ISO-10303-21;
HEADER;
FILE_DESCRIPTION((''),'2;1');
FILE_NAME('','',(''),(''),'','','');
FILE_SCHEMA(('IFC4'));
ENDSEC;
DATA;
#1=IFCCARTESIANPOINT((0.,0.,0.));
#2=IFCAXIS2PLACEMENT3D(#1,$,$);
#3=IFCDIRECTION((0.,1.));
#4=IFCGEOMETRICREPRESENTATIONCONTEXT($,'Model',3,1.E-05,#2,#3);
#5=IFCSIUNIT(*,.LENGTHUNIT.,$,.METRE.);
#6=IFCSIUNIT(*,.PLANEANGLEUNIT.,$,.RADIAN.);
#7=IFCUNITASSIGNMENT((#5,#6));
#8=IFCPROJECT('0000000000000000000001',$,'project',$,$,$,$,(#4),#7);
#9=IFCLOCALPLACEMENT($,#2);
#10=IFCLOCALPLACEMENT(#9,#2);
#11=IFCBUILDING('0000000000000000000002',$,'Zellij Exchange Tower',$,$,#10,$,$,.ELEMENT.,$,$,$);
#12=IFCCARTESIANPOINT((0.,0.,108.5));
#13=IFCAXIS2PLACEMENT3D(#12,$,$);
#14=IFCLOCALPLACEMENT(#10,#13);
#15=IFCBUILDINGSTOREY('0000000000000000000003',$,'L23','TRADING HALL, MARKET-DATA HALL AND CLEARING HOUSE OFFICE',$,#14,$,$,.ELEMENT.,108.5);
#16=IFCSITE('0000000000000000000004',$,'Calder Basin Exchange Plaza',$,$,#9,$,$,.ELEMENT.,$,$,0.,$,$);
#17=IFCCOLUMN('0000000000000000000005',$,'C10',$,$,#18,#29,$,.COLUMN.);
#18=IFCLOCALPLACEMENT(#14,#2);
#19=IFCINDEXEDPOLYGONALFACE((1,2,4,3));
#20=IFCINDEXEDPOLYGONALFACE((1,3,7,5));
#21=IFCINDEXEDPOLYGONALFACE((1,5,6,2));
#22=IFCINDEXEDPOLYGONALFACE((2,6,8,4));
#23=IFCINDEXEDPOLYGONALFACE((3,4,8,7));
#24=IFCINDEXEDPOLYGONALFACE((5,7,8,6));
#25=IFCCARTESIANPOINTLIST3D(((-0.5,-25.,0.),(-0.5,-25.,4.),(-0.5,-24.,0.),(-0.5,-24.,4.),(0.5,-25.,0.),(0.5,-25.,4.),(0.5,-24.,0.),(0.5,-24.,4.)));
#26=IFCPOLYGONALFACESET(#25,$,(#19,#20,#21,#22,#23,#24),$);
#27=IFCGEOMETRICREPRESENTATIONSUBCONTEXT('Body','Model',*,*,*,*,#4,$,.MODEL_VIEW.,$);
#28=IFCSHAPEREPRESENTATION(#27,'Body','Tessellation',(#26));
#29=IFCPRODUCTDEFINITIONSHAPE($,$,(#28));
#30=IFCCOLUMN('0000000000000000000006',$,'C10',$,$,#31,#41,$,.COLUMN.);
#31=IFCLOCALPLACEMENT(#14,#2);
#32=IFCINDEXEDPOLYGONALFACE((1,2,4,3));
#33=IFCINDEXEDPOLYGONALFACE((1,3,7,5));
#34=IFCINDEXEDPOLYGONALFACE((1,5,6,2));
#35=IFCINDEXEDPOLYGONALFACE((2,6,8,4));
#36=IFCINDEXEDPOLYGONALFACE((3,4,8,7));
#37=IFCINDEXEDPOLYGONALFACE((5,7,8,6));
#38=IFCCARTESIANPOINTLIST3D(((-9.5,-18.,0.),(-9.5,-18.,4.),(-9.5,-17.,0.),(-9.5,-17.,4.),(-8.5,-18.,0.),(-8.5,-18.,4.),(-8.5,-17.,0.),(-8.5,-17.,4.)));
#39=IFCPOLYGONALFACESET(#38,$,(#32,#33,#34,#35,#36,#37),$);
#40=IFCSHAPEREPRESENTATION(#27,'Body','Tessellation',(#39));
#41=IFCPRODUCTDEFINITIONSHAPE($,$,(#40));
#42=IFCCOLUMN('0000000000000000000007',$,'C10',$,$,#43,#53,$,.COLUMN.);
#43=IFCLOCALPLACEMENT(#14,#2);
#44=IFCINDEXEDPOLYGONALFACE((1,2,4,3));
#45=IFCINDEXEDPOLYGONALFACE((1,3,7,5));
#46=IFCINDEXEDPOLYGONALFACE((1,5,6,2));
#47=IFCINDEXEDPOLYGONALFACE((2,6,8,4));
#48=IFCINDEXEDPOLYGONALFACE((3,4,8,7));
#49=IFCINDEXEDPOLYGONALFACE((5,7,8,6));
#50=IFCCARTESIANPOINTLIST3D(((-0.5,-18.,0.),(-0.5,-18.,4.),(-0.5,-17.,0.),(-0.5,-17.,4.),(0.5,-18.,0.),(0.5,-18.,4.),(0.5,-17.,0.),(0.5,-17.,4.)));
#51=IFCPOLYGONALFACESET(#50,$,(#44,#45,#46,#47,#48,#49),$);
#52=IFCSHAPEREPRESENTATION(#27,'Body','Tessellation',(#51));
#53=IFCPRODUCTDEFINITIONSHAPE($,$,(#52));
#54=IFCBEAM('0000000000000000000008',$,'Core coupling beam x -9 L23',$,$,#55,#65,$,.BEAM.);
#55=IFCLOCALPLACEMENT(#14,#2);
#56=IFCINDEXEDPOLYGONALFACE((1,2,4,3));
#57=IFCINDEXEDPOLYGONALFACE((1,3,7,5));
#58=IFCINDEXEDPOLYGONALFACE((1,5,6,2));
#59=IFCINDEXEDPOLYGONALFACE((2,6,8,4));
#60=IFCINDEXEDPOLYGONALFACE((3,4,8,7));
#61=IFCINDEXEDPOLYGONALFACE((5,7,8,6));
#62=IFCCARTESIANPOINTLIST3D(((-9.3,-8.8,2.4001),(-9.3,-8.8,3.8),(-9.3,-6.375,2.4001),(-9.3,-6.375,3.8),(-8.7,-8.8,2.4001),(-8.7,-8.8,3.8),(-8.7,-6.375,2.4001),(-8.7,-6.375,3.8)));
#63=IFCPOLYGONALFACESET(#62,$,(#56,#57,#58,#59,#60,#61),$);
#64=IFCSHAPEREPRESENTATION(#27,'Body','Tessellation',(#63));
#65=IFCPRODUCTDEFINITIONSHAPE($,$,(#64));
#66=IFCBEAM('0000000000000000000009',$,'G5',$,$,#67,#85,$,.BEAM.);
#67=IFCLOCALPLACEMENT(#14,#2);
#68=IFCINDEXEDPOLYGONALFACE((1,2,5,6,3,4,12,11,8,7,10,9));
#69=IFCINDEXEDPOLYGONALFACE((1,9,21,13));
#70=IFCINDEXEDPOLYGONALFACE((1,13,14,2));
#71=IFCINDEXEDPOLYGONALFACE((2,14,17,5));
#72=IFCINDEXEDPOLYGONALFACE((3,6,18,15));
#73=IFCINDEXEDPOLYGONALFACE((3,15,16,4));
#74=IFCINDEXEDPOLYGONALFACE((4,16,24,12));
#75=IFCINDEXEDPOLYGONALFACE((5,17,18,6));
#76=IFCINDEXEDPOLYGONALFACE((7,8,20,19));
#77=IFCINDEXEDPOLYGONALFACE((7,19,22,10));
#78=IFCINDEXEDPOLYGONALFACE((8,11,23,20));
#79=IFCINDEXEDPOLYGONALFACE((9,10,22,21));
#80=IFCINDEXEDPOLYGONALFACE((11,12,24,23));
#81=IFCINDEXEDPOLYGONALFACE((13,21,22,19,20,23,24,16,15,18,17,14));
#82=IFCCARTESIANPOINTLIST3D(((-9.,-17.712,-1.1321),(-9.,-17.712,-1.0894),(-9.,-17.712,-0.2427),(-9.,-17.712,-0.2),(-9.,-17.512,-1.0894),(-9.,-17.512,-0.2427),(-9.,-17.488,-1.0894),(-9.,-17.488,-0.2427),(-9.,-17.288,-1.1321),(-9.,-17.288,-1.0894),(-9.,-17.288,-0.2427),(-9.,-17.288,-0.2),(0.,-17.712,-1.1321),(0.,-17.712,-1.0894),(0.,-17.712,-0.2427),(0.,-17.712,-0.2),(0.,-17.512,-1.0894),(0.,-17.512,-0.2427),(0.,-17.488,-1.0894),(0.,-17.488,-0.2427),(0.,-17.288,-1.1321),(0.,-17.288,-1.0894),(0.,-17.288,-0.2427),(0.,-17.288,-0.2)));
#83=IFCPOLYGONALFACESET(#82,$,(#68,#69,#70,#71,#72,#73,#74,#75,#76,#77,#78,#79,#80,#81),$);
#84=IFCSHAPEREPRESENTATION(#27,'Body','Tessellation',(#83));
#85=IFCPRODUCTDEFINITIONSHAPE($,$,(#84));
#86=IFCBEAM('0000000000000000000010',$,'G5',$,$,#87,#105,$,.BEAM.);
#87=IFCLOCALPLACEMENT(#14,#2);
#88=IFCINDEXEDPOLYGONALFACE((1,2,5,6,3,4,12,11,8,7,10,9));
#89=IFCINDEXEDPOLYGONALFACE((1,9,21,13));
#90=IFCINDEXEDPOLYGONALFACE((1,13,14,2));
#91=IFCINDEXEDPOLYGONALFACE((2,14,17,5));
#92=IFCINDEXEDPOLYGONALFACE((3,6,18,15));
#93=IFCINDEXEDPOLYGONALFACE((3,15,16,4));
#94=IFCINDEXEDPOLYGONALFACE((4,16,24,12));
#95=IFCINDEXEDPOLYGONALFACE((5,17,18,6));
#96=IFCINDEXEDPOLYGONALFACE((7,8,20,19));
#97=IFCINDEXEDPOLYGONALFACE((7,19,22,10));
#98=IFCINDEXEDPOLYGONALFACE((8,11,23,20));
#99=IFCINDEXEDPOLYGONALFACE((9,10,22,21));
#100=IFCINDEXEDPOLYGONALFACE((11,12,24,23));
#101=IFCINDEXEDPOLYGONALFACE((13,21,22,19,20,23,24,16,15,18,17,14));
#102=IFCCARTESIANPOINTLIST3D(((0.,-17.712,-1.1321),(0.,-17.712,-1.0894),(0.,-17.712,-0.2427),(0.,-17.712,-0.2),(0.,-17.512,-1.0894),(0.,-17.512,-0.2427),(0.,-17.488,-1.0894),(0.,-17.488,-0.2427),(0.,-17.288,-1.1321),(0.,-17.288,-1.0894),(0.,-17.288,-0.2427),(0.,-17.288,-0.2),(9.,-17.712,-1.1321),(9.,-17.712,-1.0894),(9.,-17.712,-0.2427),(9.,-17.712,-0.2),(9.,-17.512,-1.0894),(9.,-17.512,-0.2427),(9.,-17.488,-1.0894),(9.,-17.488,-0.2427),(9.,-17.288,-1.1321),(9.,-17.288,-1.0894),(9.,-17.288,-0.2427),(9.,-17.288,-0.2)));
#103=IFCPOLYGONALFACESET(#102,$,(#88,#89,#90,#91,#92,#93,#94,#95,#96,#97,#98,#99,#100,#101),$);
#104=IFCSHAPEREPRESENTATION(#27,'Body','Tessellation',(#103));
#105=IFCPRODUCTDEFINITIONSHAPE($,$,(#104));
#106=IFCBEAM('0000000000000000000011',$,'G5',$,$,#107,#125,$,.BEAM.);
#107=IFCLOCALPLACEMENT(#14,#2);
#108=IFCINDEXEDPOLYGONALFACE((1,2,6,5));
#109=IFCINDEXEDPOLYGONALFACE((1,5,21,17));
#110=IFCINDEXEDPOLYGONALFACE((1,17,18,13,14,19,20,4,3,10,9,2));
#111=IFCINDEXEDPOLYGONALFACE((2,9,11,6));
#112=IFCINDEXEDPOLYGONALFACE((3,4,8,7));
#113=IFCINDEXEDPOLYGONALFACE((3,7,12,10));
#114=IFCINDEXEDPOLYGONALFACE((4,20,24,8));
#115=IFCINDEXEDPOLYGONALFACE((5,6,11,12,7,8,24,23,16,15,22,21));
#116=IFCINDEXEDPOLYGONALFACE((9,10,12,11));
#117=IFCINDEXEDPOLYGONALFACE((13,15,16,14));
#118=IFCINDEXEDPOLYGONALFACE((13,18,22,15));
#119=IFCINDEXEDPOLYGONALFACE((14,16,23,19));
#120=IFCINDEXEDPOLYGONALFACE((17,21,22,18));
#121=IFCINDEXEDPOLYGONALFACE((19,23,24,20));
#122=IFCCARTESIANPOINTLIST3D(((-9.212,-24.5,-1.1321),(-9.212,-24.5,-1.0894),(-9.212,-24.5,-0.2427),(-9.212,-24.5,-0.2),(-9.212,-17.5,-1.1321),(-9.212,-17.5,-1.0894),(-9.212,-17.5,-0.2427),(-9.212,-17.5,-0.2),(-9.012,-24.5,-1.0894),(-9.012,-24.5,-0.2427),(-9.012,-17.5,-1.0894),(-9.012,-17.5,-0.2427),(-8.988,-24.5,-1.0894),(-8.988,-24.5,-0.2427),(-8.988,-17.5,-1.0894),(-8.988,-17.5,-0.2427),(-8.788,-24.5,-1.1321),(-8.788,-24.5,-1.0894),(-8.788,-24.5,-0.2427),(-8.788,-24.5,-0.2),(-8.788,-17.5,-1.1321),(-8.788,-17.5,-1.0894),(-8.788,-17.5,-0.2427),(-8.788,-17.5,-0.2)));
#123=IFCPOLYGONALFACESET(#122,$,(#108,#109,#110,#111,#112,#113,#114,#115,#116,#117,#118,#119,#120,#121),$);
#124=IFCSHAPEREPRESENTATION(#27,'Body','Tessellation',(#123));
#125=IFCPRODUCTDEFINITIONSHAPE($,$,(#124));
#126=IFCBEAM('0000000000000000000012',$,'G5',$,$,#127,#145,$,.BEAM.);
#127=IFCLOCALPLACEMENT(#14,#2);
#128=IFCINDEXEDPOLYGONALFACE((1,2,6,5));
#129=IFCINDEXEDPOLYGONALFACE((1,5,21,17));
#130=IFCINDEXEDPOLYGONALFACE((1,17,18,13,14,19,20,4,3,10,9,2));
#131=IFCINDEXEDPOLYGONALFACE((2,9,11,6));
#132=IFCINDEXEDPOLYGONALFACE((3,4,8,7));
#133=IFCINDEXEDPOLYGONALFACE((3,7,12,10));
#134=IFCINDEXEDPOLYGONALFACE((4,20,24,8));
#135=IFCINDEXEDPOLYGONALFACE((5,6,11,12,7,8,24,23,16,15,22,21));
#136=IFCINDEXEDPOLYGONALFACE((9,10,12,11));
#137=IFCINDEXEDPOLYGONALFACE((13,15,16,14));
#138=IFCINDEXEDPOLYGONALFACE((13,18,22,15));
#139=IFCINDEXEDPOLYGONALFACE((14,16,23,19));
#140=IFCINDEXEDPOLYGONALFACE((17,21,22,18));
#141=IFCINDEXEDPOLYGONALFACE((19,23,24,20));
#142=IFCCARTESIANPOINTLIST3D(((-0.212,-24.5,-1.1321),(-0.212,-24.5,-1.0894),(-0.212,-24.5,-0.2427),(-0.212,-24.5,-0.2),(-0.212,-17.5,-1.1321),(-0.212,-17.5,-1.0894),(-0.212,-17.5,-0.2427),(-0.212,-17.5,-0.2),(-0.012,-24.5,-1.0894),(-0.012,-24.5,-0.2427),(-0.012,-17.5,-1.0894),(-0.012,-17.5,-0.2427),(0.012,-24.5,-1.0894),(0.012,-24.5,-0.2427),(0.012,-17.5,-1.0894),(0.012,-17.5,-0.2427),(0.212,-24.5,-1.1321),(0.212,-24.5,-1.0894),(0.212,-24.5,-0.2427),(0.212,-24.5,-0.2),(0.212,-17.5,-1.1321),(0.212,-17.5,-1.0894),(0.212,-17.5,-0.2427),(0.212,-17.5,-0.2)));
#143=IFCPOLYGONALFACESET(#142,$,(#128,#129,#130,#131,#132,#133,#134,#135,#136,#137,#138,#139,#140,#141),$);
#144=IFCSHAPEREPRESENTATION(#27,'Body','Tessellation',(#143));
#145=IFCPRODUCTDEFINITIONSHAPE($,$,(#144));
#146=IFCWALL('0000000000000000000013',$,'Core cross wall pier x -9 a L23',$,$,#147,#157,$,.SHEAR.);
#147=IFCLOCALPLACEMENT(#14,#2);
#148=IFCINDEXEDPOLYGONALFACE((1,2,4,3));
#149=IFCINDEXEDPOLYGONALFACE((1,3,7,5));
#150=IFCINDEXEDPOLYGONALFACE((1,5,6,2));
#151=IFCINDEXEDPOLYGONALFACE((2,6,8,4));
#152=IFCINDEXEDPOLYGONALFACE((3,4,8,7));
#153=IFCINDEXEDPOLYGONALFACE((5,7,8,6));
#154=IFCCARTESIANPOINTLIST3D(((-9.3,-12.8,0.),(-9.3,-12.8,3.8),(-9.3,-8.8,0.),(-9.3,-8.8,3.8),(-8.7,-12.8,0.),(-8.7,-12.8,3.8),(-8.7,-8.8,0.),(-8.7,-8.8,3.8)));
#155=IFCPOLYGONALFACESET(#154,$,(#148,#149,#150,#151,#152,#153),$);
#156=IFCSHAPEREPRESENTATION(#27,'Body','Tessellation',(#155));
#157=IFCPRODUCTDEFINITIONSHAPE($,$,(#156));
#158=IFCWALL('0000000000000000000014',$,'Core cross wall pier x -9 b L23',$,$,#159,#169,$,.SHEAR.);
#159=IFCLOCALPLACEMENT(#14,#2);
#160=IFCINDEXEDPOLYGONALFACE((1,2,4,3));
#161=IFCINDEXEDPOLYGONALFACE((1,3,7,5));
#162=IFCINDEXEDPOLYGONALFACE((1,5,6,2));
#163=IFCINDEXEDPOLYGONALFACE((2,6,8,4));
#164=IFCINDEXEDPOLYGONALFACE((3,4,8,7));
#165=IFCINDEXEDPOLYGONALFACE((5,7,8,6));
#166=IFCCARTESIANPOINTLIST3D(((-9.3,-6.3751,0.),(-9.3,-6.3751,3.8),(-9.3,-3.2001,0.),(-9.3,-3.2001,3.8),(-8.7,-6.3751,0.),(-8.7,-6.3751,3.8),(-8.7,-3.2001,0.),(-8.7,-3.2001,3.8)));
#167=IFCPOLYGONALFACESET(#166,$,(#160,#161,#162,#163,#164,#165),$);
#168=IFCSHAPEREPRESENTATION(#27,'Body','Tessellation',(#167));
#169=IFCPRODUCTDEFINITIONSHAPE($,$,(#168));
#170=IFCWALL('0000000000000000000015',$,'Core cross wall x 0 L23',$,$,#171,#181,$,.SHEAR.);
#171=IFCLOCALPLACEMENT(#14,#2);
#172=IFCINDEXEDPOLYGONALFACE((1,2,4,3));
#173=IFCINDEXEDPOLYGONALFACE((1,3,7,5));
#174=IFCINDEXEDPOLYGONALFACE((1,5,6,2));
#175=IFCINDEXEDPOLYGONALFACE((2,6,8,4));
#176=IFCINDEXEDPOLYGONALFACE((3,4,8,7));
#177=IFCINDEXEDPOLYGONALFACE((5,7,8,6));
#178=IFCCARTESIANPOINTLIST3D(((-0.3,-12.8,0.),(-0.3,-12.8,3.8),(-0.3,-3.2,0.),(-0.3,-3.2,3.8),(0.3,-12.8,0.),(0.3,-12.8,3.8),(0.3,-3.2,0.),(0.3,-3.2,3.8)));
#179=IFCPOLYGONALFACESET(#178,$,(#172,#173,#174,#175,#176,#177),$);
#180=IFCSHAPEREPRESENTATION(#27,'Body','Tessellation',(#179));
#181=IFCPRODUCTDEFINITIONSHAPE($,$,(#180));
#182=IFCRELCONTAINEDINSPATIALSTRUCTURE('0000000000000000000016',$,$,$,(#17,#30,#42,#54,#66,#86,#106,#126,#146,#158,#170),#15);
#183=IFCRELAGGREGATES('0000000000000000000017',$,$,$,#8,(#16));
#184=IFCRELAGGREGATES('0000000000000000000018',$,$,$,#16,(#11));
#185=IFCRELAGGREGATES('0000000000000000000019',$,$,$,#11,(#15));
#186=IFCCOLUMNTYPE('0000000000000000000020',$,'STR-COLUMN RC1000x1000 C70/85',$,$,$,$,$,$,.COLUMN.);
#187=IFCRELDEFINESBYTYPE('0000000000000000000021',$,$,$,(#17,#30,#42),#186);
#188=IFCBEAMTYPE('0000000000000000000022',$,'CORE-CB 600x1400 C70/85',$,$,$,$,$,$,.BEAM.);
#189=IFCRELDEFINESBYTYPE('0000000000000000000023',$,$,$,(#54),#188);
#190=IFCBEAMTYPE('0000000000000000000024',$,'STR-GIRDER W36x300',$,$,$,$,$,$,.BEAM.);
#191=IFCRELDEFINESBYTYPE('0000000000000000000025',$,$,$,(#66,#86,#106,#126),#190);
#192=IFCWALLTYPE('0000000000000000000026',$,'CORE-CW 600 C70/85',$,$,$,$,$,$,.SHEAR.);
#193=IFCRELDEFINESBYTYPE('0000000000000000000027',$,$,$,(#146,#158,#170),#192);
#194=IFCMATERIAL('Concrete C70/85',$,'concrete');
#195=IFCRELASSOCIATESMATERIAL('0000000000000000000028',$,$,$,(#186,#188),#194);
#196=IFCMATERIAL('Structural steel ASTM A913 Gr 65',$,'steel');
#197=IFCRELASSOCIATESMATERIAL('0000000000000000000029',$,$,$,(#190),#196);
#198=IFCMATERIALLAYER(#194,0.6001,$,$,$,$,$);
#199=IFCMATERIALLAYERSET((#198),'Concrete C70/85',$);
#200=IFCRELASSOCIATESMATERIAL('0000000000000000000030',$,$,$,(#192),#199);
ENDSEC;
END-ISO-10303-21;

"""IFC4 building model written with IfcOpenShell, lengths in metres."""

from ifc_helpers import new_model, si_unit, direction, frame, frame_2d, origin, origin_2d, place, context, subcontext, project, spatial, rectangle, i_section, extrude, material, layer, layer_set, material_profile, profile_set, type_object, element, save


model = new_model("IFC4")

# Units and contexts
model_context = context("Model", 3, precision=1e-05, world=origin(), true_north=direction((0.0, 1.0)))
body_context = subcontext(model_context, "Body", "Model", "MODEL_VIEW")
ifc_project = project(units=[si_unit("LENGTHUNIT", "METRE"), si_unit("PLANEANGLEUNIT", "RADIAN")], contexts=[model_context])

# Site, building, storey
site_placement = place(None, origin())
site = spatial("IfcSite", under=ifc_project, at=site_placement, Name="Calder Basin Exchange Plaza", CompositionType="ELEMENT", RefElevation=0.0)
building_placement = place(site_placement, origin())
building = spatial("IfcBuilding", under=site, at=building_placement, Name="Zellij Exchange Tower", CompositionType="ELEMENT")
storey_placement = place(building_placement, frame((0.0, 0.0, 108.5)))
storey = spatial("IfcBuildingStorey", under=building, at=storey_placement, Name="L23", Description="TRADING HALL, MARKET-DATA HALL AND CLEARING HOUSE OFFICE", CompositionType="ELEMENT", Elevation=108.5)

# Columns
ifc_material_1 = material(Name="Concrete C70/85", Category="concrete")
ifc_material_profile_1 = material_profile(ifc_material_1, rectangle(XDim=1.0, YDim=1.0, at=origin_2d()), Name="STR-COLUMN RC1000x1000 C70/85")
ifc_profile_set_1 = profile_set([ifc_material_profile_1], Name="Concrete C70/85")
column_type = type_object("IfcColumnType", Name="STR-COLUMN RC1000x1000 C70/85", PredefinedType="COLUMN", material=ifc_profile_set_1)
for number, where, z_axis, x_axis, name in (
    (1, (0.0, -24.5, 0.0), (0.0, 0.0, 1.0), (1.0, 0.0, 0.0), "C10"),
    (2, (-9.0, -17.5, 0.0), (0.0, 0.0, 1.0), (1.0, 0.0, 0.0), "C10"),
    (3, (0.0, -17.5, 0.0), (0.0, 0.0, 1.0), (1.0, 0.0, 0.0), "C10"),
):
    element("IfcColumn", number, at=place(storey_placement, frame(where, z_axis=z_axis, x_axis=x_axis)), inside=storey, type_object=column_type, Name=name, PredefinedType="COLUMN", context=body_context, shape_type="SweptSolid", body=[
        extrude(rectangle(XDim=1.0, YDim=1.0, at=origin_2d()), origin(), (0.0, 0.0, 1.0), 4.0),
    ])

# Beams
ifc_material_profile_2 = material_profile(ifc_material_1, rectangle(XDim=0.6001, YDim=1.3999, at=origin_2d()), Name="CORE-CB 600x1400 C70/85")
ifc_profile_set_2 = profile_set([ifc_material_profile_2], Name="Concrete C70/85")
beam_type_1 = type_object("IfcBeamType", Name="CORE-CB 600x1400 C70/85", PredefinedType="BEAM", material=ifc_profile_set_2)
beam_placement = place(storey_placement, frame((-9.0, -8.8, 3.1001), z_axis=(0.0, 1.0, 0.0), x_axis=(-1.0, 0.0, 0.0)))
element("IfcBeam", 4, at=beam_placement, inside=storey, type_object=beam_type_1, Name="Core coupling beam x -9 L23", PredefinedType="BEAM", context=body_context, shape_type="SweptSolid", body=[
    extrude(rectangle(XDim=0.6001, YDim=1.3999, at=origin_2d()), origin(), (0.0, 0.0, 1.0), 2.425),
])
ifc_material_2 = material(Name="Structural steel ASTM A913 Gr 65", Category="steel")
ifc_material_profile_3 = material_profile(ifc_material_2, i_section(OverallWidth=0.4241, OverallDepth=0.9321, WebThickness=0.0239, FlangeThickness=0.0427, at=origin_2d()), Name="W36x300")
ifc_profile_set_3 = profile_set([ifc_material_profile_3], Name="Structural steel ASTM A913 Gr 65")
beam_type_2 = type_object("IfcBeamType", Name="STR-GIRDER W36x300", PredefinedType="BEAM", material=ifc_profile_set_3)
for number, where, z_axis, x_axis, name in (
    (5, (-9.0, -17.5, -0.666), (1.0, 0.0, 0.0), (0.0, 1.0, 0.0), "G5"),
    (6, (0.0, -17.5, -0.666), (1.0, 0.0, 0.0), (0.0, 1.0, 0.0), "G5"),
):
    element("IfcBeam", number, at=place(storey_placement, frame(where, z_axis=z_axis, x_axis=x_axis)), inside=storey, type_object=beam_type_2, Name=name, PredefinedType="BEAM", context=body_context, shape_type="SweptSolid", body=[
        extrude(i_section(OverallWidth=0.4241, OverallDepth=0.9321, WebThickness=0.0239, FlangeThickness=0.0427, at=origin_2d()), origin(), (0.0, 0.0, 1.0), 9.0),
    ])
for number, where, z_axis, x_axis, name in (
    (7, (-9.0, -24.5, -0.666), (0.0, 1.0, 0.0), (-1.0, 0.0, 0.0), "G5"),
    (8, (0.0, -24.5, -0.666), (0.0, 1.0, 0.0), (-1.0, 0.0, 0.0), "G5"),
):
    element("IfcBeam", number, at=place(storey_placement, frame(where, z_axis=z_axis, x_axis=x_axis)), inside=storey, type_object=beam_type_2, Name=name, PredefinedType="BEAM", context=body_context, shape_type="SweptSolid", body=[
        extrude(i_section(OverallWidth=0.4241, OverallDepth=0.9321, WebThickness=0.0239, FlangeThickness=0.0427, at=origin_2d()), origin(), (0.0, 0.0, 1.0), 7.0),
    ])

# Walls
ifc_layer_1 = layer(ifc_material_1, 0.6001)
ifc_layer_set_1 = layer_set([ifc_layer_1], Name="Concrete C70/85")
wall_type_1 = type_object("IfcWallType", Name="CORE-CW 600 C70/85", PredefinedType="SHEAR", material=ifc_layer_set_1)
wall_1_placement = place(storey_placement, frame((-9.0, -12.8, 0.0), z_axis=(0.0, 0.0, 1.0), x_axis=(0.0, 1.0, 0.0)))
element("IfcWall", 9, at=wall_1_placement, inside=storey, type_object=wall_type_1, Name="Core cross wall pier x -9 a L23", PredefinedType="SHEAR", context=body_context, shape_type="SweptSolid", body=[
    extrude(rectangle(XDim=4.0, YDim=0.6001, at=frame_2d((2.0, 0.0))), origin(), (0.0, 0.0, 1.0), 3.8),
])
wall_2_placement = place(storey_placement, frame((-9.0, -6.375, 0.0), z_axis=(0.0, 0.0, 1.0), x_axis=(0.0, 1.0, 0.0)))
element("IfcWall", 10, at=wall_2_placement, inside=storey, type_object=wall_type_1, Name="Core cross wall pier x -9 b L23", PredefinedType="SHEAR", context=body_context, shape_type="SweptSolid", body=[
    extrude(rectangle(XDim=3.175, YDim=0.6001, at=frame_2d((1.5874, 0.0))), origin(), (0.0, 0.0, 1.0), 3.8),
])
wall_3_placement = place(storey_placement, frame((0.0, -12.8, 0.0), z_axis=(0.0, 0.0, 1.0), x_axis=(0.0, 1.0, 0.0)))
element("IfcWall", 11, at=wall_3_placement, inside=storey, type_object=wall_type_1, Name="Core cross wall x 0 L23", PredefinedType="SHEAR", context=body_context, shape_type="SweptSolid", body=[
    extrude(rectangle(XDim=9.6001, YDim=0.6001, at=frame_2d((4.8, 0.0))), origin(), (0.0, 0.0, 1.0), 3.8),
])

save(model, "model.ifc")
